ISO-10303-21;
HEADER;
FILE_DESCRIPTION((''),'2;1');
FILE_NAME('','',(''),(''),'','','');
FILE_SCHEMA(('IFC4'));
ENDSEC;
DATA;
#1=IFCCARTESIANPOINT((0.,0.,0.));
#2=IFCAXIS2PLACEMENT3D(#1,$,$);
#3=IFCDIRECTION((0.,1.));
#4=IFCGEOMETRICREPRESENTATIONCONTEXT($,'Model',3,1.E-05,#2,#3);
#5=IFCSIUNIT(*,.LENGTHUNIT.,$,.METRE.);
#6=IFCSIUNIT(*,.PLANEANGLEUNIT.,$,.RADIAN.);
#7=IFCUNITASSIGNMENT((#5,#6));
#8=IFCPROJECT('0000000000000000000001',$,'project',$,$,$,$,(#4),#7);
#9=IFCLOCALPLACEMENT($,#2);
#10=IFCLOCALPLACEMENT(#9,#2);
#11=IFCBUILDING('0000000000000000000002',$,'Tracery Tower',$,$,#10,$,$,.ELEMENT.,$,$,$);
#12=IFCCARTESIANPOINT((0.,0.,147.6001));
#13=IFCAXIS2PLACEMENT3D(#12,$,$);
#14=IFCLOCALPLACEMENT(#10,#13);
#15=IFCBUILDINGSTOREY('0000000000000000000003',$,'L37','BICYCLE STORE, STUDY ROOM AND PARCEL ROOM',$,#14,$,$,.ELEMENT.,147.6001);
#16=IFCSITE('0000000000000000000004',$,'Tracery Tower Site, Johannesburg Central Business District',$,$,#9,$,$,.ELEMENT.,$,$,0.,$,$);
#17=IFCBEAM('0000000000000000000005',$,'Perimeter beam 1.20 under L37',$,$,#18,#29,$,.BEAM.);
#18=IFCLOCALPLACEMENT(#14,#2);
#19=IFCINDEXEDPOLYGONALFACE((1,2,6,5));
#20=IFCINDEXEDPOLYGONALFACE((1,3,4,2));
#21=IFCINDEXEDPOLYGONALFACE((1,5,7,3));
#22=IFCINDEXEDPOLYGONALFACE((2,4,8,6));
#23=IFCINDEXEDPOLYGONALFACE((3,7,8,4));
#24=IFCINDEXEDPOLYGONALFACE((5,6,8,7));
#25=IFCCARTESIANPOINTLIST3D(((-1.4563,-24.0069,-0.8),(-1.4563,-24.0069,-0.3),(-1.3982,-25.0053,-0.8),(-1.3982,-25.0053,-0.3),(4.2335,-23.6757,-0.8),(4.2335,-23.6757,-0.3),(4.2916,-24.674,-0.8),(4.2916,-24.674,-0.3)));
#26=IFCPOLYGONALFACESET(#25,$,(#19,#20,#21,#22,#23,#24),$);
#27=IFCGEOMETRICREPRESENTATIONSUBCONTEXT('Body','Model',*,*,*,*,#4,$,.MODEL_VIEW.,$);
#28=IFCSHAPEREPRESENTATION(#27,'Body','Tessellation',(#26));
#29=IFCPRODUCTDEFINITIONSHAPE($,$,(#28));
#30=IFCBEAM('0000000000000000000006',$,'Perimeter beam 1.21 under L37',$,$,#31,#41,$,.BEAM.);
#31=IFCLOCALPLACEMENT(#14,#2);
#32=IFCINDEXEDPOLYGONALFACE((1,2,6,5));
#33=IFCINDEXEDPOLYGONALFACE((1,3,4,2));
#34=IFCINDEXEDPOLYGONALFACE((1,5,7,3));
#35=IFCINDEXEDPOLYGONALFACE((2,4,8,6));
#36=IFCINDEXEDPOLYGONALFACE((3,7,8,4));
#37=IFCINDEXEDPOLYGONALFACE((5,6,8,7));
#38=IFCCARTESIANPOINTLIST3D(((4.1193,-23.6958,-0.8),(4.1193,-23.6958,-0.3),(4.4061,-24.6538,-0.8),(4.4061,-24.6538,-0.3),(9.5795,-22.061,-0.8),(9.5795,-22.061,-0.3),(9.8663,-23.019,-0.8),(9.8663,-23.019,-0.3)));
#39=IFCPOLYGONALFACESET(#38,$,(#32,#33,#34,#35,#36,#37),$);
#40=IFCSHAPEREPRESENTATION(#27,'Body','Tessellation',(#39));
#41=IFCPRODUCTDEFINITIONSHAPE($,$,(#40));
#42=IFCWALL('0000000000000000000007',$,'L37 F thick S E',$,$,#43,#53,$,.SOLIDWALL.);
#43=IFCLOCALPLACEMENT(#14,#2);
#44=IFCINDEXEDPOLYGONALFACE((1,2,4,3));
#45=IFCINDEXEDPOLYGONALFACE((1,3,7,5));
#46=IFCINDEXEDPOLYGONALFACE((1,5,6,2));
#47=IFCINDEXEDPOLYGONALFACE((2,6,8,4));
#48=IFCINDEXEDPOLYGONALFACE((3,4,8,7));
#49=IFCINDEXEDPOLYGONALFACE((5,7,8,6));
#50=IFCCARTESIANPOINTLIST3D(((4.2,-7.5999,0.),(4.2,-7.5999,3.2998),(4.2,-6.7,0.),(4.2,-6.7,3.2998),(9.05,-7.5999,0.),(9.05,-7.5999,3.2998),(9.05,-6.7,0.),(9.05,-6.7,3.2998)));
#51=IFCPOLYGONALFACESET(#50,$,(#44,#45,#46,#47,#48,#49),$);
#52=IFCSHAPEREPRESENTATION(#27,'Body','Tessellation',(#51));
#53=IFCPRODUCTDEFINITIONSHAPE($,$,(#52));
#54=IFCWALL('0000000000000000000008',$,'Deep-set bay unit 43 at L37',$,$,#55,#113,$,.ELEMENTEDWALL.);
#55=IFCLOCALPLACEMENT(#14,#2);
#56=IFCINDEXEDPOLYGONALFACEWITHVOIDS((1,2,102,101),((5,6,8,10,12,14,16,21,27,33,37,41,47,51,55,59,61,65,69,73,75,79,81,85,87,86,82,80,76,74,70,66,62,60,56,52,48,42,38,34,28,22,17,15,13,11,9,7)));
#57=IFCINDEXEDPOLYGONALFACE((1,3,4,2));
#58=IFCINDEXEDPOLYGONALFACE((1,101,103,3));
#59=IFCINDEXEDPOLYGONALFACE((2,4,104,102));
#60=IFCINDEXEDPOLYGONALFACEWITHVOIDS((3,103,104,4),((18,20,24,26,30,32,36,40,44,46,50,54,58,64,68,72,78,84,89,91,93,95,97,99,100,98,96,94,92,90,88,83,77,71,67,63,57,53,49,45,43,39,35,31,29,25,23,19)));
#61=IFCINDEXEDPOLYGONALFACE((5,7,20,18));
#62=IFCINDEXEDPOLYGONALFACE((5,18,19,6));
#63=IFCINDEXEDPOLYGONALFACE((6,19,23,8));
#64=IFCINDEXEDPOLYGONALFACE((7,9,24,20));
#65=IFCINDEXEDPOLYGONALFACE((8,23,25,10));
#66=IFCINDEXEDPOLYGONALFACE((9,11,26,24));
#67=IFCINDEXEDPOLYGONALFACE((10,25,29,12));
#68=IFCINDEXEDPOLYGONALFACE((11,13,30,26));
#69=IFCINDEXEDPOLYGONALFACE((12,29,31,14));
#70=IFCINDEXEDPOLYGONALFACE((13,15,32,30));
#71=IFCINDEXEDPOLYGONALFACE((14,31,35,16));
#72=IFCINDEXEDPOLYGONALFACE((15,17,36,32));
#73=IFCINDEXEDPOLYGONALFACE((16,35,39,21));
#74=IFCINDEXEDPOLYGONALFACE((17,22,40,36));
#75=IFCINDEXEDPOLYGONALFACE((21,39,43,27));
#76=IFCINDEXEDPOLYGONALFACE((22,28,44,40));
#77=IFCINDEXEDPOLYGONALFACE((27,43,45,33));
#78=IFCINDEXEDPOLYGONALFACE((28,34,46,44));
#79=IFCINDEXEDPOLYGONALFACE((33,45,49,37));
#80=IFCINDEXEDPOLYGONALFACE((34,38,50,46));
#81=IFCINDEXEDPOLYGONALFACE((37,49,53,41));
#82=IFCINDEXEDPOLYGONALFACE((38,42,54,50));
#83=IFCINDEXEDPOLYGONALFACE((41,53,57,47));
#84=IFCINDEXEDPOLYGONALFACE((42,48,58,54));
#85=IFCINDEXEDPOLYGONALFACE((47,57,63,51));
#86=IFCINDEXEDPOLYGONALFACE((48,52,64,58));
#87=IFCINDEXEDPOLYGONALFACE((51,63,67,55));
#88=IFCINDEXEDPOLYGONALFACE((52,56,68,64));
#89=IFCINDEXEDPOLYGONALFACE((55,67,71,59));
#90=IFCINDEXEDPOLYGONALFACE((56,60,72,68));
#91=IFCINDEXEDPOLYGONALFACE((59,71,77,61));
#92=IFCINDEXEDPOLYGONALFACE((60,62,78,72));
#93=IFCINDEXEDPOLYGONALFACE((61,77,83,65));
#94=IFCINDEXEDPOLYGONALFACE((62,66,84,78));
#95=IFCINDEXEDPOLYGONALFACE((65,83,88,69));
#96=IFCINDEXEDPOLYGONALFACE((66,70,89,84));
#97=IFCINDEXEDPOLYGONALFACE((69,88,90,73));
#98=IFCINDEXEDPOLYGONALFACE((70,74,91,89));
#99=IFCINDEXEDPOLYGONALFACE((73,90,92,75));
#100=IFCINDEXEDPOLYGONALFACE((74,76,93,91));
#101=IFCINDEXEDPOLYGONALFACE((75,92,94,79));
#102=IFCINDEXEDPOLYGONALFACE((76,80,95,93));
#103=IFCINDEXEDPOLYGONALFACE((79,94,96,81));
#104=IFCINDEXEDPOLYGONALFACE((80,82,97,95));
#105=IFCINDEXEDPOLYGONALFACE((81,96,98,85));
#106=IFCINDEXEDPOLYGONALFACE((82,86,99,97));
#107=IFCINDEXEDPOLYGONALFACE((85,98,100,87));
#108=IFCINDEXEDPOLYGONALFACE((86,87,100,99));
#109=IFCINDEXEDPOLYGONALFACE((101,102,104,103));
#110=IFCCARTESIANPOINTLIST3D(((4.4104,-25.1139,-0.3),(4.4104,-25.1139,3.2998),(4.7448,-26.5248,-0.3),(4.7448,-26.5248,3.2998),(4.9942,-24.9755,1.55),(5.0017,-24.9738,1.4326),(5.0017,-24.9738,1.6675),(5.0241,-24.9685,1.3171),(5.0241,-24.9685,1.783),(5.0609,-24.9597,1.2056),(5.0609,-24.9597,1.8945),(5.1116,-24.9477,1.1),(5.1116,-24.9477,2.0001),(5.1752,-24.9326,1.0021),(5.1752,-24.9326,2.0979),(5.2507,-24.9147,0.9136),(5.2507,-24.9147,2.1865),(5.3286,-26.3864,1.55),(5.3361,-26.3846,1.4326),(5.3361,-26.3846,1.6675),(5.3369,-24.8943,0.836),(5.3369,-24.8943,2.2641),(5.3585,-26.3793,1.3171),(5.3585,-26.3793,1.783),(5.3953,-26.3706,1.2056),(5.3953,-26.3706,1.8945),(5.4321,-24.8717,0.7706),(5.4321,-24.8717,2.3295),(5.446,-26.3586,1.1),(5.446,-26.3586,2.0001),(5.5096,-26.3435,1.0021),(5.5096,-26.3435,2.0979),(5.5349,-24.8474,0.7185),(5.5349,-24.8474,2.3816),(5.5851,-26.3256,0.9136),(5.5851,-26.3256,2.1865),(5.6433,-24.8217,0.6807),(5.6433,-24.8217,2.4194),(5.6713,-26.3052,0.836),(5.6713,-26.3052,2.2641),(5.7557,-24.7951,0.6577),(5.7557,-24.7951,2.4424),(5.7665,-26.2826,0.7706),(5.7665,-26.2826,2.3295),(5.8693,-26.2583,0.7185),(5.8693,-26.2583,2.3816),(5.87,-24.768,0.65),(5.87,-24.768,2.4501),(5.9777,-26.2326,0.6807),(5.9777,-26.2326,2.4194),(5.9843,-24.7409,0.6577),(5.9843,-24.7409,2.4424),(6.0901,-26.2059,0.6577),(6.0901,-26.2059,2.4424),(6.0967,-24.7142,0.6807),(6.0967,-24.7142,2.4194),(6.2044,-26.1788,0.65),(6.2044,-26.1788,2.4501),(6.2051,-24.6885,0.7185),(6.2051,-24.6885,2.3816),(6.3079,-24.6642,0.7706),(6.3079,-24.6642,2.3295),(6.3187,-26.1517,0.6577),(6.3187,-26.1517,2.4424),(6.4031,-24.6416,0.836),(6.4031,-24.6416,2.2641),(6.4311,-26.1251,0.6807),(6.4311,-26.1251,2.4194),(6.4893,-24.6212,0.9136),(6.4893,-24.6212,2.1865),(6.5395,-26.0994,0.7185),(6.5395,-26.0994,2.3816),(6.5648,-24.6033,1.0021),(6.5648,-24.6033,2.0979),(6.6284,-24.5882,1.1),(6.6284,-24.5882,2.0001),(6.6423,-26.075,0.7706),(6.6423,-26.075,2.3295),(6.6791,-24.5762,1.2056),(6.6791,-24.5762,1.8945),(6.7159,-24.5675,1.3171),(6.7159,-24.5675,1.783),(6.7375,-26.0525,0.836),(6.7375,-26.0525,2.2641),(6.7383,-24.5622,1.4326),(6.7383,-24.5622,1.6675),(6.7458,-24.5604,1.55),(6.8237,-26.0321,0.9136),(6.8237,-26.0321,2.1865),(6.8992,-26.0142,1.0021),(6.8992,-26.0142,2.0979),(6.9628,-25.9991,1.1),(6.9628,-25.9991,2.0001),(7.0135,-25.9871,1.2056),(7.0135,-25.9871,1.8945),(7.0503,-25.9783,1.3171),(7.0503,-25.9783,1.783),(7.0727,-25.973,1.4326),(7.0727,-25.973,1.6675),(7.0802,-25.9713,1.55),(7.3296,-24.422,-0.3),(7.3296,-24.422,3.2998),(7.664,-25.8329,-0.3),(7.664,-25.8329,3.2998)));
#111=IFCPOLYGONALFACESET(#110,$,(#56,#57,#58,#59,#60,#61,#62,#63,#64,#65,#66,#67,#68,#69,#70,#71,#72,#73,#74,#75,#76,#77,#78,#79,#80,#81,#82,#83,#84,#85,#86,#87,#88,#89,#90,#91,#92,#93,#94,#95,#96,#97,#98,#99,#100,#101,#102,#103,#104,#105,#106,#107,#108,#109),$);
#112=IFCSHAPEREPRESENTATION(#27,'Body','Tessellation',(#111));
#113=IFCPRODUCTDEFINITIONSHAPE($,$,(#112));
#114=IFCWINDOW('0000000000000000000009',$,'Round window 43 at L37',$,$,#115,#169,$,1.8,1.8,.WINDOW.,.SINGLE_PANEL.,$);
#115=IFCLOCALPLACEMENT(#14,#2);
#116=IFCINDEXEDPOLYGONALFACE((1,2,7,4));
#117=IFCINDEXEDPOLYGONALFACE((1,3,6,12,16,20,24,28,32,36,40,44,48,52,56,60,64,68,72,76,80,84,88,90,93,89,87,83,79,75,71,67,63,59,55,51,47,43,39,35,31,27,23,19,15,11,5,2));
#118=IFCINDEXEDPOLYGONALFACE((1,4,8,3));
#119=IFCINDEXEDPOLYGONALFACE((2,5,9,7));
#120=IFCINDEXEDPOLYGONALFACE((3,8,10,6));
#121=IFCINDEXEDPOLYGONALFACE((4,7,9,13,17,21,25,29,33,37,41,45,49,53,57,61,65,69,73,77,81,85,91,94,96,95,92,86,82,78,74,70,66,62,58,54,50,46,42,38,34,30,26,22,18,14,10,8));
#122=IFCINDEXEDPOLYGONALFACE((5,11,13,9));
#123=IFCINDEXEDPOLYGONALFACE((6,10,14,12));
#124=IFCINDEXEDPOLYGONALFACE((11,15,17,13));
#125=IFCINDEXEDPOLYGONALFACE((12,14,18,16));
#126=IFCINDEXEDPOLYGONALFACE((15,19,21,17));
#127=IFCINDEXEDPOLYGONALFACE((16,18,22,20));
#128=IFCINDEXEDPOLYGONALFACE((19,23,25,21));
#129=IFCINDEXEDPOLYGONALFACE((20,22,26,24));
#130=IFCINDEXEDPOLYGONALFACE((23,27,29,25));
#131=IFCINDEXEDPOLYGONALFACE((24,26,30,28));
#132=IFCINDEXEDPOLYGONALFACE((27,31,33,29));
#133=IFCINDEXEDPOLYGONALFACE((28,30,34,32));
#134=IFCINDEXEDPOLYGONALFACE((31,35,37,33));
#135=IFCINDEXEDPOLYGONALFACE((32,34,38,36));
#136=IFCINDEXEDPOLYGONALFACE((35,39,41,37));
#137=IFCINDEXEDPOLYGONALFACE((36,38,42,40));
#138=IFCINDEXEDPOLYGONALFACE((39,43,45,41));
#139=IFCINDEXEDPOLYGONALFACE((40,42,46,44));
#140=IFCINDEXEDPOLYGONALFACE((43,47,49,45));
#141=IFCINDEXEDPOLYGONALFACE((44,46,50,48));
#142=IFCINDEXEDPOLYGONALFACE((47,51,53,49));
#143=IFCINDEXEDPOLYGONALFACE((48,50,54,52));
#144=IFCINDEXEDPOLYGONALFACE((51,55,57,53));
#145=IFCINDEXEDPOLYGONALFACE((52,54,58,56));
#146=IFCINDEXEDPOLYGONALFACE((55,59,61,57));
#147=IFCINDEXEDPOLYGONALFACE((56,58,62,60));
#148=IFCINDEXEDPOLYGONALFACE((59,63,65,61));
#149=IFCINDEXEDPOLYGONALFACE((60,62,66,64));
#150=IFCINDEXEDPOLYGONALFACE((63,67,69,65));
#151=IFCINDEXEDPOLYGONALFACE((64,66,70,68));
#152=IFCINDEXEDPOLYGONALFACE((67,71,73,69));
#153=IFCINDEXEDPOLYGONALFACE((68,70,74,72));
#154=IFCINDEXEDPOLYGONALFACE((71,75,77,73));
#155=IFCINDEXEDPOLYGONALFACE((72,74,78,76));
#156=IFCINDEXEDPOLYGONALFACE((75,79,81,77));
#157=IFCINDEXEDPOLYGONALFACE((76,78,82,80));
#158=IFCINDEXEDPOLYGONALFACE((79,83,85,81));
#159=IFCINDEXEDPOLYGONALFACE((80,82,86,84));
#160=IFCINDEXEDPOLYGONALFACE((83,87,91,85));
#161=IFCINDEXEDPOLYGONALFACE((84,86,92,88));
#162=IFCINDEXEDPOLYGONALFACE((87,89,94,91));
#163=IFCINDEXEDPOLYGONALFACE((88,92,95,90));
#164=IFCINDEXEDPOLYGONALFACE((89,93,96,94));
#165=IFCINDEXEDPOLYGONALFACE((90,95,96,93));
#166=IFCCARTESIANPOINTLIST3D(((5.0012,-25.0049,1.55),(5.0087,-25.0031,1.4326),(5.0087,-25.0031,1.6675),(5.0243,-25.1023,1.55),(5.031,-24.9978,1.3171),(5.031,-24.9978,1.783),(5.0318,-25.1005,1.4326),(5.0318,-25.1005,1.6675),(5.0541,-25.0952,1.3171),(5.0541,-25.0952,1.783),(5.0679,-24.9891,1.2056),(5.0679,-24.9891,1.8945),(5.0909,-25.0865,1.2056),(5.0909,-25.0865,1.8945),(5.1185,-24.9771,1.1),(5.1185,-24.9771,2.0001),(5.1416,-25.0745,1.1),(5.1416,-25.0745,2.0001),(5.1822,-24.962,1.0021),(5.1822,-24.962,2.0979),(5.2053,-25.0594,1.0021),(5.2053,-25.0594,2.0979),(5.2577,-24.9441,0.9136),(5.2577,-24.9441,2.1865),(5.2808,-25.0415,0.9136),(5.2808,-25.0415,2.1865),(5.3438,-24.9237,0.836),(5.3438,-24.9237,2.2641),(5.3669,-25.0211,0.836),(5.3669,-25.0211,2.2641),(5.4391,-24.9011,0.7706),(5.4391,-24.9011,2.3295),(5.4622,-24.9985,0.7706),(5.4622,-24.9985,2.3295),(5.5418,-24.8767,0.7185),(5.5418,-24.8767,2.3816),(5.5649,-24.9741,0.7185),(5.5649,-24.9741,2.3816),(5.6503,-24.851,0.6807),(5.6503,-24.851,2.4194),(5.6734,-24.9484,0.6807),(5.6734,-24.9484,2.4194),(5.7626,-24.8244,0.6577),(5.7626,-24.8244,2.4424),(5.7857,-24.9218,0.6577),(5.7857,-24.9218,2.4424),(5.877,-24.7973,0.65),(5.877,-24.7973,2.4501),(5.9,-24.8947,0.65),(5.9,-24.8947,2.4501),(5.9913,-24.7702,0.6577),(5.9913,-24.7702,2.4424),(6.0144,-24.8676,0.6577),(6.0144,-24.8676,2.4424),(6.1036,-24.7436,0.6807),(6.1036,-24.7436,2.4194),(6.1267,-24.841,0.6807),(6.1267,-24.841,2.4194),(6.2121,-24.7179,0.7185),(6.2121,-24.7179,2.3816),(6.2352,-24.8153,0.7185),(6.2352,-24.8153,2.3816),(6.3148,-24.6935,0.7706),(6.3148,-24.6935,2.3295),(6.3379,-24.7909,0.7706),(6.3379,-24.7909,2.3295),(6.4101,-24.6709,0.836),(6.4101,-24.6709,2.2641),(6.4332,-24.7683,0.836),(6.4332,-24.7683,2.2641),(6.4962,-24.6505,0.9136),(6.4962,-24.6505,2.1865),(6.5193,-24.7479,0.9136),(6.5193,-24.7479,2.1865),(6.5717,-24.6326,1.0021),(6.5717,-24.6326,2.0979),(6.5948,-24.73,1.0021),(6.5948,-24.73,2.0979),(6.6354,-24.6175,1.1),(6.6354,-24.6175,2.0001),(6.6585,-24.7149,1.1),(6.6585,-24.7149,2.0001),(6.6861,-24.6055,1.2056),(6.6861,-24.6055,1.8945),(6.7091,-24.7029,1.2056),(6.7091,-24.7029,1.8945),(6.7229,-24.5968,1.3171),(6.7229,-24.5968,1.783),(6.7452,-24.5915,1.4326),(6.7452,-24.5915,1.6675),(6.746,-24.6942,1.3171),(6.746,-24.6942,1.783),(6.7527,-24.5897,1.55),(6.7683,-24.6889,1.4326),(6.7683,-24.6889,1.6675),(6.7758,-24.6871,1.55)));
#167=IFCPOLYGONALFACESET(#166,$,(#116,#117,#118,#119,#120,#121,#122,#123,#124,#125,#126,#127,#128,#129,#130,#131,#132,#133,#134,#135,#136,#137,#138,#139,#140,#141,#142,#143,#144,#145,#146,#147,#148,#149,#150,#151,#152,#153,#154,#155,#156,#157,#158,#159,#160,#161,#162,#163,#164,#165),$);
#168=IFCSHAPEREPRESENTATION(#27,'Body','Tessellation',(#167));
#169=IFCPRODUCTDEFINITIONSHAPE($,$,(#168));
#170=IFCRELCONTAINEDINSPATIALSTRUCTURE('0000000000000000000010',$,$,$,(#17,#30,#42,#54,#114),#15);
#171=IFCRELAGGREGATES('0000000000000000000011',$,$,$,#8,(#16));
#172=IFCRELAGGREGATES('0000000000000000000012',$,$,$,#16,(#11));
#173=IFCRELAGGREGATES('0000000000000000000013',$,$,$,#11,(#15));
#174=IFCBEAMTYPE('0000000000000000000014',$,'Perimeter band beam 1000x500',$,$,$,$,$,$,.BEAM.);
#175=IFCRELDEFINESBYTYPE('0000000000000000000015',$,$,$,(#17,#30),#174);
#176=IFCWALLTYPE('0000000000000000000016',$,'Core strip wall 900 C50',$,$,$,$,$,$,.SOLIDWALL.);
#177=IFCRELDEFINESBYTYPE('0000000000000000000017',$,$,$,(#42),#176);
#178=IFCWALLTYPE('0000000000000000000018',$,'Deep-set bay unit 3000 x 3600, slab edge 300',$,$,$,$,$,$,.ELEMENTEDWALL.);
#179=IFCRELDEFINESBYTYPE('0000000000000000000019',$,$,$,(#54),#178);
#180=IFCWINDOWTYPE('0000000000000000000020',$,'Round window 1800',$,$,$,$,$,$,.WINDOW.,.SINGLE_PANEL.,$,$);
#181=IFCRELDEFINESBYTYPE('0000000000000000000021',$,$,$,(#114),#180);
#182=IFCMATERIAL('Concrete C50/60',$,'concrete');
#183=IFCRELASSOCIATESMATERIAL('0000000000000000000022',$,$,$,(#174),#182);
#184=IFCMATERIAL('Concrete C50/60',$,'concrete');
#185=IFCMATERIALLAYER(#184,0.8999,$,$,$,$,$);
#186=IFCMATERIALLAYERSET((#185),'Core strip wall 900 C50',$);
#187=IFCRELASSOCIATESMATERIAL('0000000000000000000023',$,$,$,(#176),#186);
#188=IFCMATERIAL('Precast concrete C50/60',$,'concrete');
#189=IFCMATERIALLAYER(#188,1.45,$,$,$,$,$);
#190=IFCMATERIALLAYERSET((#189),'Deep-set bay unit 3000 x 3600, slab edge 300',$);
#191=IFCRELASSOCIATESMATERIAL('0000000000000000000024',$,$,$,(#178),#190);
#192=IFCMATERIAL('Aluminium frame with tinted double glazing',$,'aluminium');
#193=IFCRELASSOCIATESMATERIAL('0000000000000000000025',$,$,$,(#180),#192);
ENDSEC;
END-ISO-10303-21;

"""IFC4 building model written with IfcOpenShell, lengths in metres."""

from ifc_helpers import new_model, si_unit, direction, frame, frame_2d, origin, origin_2d, place, context, subcontext, project, spatial, rectangle, circle, extrude, material, layer, layer_set, material_profile, profile_set, type_object, element, fill, save


model = new_model("IFC4")

# Units and contexts
model_context = context("Model", 3, precision=1e-05, world=origin(), true_north=direction((0.0, 1.0)))
body_context = subcontext(model_context, "Body", "Model", "MODEL_VIEW")
ifc_project = project(units=[si_unit("LENGTHUNIT", "METRE"), si_unit("PLANEANGLEUNIT", "RADIAN")], contexts=[model_context])

# Site, building, storey
site_placement = place(None, origin())
site = spatial("IfcSite", under=ifc_project, at=site_placement, Name="Tracery Tower Site, Johannesburg Central Business District", CompositionType="ELEMENT", RefElevation=0.0)
building_placement = place(site_placement, origin())
building = spatial("IfcBuilding", under=site, at=building_placement, Name="Tracery Tower", CompositionType="ELEMENT")
storey_placement = place(building_placement, frame((0.0, 0.0, 147.6001)))
storey = spatial("IfcBuildingStorey", under=building, at=storey_placement, Name="L37", Description="BICYCLE STORE, STUDY ROOM AND PARCEL ROOM", CompositionType="ELEMENT", Elevation=147.6001)

# Beams
ifc_material_1 = material(Name="Concrete C50/60", Category="concrete")
ifc_material_profile_1 = material_profile(ifc_material_1, rectangle(XDim=1.0, YDim=0.5, at=origin_2d()), Name="RC 1000x500")
ifc_profile_set_1 = profile_set([ifc_material_profile_1], Name="Concrete C50/60")
beam_type = type_object("IfcBeamType", Name="Perimeter band beam 1000x500", PredefinedType="BEAM", material=ifc_profile_set_1)
beam_1_placement = place(storey_placement, frame((-1.4272, -24.5061, -0.55), z_axis=(0.998309, 0.058127, 0.0), x_axis=(-0.058127, 0.998309, 0.0)))
element("IfcBeam", 1, at=beam_1_placement, inside=storey, type_object=beam_type, Name="Perimeter beam 1.20 under L37", PredefinedType="BEAM", context=body_context, shape_type="SweptSolid", body=[
    extrude(rectangle(XDim=1.0, YDim=0.5, at=origin_2d()), origin(), (0.0, 0.0, 1.0), 5.6995),
])
beam_2_placement = place(storey_placement, frame((4.2627, -24.1748, -0.55), z_axis=(0.957985, 0.286817, 0.0), x_axis=(-0.286817, 0.957985, 0.0)))
element("IfcBeam", 2, at=beam_2_placement, inside=storey, type_object=beam_type, Name="Perimeter beam 1.21 under L37", PredefinedType="BEAM", context=body_context, shape_type="SweptSolid", body=[
    extrude(rectangle(XDim=1.0, YDim=0.5, at=origin_2d()), origin(), (0.0, 0.0, 1.0), 5.6997),
])

# Wall
ifc_material_2 = material(Name="Concrete C50/60", Category="concrete")
ifc_layer_1 = layer(ifc_material_2, 0.8999)
ifc_layer_set_1 = layer_set([ifc_layer_1], Name="Core strip wall 900 C50")
wall_type_1 = type_object("IfcWallType", Name="Core strip wall 900 C50", PredefinedType="SOLIDWALL", material=ifc_layer_set_1)
wall_1_placement = place(storey_placement, frame((4.2, -7.1499, 0.0), z_axis=(0.0, 0.0, 1.0), x_axis=(1.0, 0.0, 0.0)))
element("IfcWall", 3, at=wall_1_placement, inside=storey, type_object=wall_type_1, Name="L37 F thick S E", PredefinedType="SOLIDWALL", context=body_context, shape_type="SweptSolid", body=[
    extrude(rectangle(XDim=4.8501, YDim=0.8999, at=frame_2d((2.425, 0.0))), origin(), (0.0, 0.0, 1.0), 3.2998),
])

# Wall, opening, window
ifc_material_3 = material(Name="Precast concrete C50/60", Category="concrete")
ifc_layer_2 = layer(ifc_material_3, 1.45)
ifc_layer_set_2 = layer_set([ifc_layer_2], Name="Deep-set bay unit 3000 x 3600, slab edge 300")
wall_type_2 = type_object("IfcWallType", Name="Deep-set bay unit 3000 x 3600, slab edge 300", PredefinedType="ELEMENTEDWALL", material=ifc_layer_set_2)
wall_2_placement = place(storey_placement, frame((4.5776, -25.8193, -0.3), z_axis=(0.0, 0.0, 1.0), x_axis=(0.973042, 0.230627, 0.0)))
wall_2 = element("IfcWall", 4, at=wall_2_placement, inside=storey, type_object=wall_type_2, Name="Deep-set bay unit 43 at L37", PredefinedType="ELEMENTEDWALL", context=body_context, shape_type="SweptSolid", body=[
    extrude(rectangle(XDim=3.0, YDim=1.45, at=frame_2d((1.5, 0.0))), origin(), (0.0, 0.0, 1.0), 3.5999),
])
opening_1_placement = place(wall_2_placement, frame((1.5, 0.0, 1.8501)))
opening_1 = element("IfcOpeningElement", 5, at=opening_1_placement, cuts=wall_2, PredefinedType="OPENING", context=body_context, shape_type="SweptSolid", body=[
    extrude(circle(Radius=0.9, at=origin_2d()), frame((0.0, 0.7349, 0.0), z_axis=(0.0, -1.0, 0.0), x_axis=(1.0, 0.0, 0.0)), (0.0, 0.0, 1.0), 1.47),
])
ifc_material_4 = material(Name="Aluminium frame with tinted double glazing", Category="aluminium")
window_type = type_object("IfcWindowType", Name="Round window 1800", PartitioningType="SINGLE_PANEL", PredefinedType="WINDOW", material=ifc_material_4)
window_1_placement = place(opening_1_placement, origin())
window_1 = element("IfcWindow", 6, at=window_1_placement, inside=storey, type_object=window_type, Name="Round window 43 at L37", OverallHeight=1.8, OverallWidth=1.8, PartitioningType="SINGLE_PANEL", PredefinedType="WINDOW", context=body_context, shape_type="SweptSolid", body=[
    extrude(circle(Radius=0.9, at=origin_2d()), frame((0.0, 0.6948, 0.0), z_axis=(0.0, -1.0, 0.0), x_axis=(1.0, 0.0, 0.0)), (0.0, 0.0, 1.0), 0.1001),
])
fill(opening_1, window_1)

save(model, "model.ifc")
